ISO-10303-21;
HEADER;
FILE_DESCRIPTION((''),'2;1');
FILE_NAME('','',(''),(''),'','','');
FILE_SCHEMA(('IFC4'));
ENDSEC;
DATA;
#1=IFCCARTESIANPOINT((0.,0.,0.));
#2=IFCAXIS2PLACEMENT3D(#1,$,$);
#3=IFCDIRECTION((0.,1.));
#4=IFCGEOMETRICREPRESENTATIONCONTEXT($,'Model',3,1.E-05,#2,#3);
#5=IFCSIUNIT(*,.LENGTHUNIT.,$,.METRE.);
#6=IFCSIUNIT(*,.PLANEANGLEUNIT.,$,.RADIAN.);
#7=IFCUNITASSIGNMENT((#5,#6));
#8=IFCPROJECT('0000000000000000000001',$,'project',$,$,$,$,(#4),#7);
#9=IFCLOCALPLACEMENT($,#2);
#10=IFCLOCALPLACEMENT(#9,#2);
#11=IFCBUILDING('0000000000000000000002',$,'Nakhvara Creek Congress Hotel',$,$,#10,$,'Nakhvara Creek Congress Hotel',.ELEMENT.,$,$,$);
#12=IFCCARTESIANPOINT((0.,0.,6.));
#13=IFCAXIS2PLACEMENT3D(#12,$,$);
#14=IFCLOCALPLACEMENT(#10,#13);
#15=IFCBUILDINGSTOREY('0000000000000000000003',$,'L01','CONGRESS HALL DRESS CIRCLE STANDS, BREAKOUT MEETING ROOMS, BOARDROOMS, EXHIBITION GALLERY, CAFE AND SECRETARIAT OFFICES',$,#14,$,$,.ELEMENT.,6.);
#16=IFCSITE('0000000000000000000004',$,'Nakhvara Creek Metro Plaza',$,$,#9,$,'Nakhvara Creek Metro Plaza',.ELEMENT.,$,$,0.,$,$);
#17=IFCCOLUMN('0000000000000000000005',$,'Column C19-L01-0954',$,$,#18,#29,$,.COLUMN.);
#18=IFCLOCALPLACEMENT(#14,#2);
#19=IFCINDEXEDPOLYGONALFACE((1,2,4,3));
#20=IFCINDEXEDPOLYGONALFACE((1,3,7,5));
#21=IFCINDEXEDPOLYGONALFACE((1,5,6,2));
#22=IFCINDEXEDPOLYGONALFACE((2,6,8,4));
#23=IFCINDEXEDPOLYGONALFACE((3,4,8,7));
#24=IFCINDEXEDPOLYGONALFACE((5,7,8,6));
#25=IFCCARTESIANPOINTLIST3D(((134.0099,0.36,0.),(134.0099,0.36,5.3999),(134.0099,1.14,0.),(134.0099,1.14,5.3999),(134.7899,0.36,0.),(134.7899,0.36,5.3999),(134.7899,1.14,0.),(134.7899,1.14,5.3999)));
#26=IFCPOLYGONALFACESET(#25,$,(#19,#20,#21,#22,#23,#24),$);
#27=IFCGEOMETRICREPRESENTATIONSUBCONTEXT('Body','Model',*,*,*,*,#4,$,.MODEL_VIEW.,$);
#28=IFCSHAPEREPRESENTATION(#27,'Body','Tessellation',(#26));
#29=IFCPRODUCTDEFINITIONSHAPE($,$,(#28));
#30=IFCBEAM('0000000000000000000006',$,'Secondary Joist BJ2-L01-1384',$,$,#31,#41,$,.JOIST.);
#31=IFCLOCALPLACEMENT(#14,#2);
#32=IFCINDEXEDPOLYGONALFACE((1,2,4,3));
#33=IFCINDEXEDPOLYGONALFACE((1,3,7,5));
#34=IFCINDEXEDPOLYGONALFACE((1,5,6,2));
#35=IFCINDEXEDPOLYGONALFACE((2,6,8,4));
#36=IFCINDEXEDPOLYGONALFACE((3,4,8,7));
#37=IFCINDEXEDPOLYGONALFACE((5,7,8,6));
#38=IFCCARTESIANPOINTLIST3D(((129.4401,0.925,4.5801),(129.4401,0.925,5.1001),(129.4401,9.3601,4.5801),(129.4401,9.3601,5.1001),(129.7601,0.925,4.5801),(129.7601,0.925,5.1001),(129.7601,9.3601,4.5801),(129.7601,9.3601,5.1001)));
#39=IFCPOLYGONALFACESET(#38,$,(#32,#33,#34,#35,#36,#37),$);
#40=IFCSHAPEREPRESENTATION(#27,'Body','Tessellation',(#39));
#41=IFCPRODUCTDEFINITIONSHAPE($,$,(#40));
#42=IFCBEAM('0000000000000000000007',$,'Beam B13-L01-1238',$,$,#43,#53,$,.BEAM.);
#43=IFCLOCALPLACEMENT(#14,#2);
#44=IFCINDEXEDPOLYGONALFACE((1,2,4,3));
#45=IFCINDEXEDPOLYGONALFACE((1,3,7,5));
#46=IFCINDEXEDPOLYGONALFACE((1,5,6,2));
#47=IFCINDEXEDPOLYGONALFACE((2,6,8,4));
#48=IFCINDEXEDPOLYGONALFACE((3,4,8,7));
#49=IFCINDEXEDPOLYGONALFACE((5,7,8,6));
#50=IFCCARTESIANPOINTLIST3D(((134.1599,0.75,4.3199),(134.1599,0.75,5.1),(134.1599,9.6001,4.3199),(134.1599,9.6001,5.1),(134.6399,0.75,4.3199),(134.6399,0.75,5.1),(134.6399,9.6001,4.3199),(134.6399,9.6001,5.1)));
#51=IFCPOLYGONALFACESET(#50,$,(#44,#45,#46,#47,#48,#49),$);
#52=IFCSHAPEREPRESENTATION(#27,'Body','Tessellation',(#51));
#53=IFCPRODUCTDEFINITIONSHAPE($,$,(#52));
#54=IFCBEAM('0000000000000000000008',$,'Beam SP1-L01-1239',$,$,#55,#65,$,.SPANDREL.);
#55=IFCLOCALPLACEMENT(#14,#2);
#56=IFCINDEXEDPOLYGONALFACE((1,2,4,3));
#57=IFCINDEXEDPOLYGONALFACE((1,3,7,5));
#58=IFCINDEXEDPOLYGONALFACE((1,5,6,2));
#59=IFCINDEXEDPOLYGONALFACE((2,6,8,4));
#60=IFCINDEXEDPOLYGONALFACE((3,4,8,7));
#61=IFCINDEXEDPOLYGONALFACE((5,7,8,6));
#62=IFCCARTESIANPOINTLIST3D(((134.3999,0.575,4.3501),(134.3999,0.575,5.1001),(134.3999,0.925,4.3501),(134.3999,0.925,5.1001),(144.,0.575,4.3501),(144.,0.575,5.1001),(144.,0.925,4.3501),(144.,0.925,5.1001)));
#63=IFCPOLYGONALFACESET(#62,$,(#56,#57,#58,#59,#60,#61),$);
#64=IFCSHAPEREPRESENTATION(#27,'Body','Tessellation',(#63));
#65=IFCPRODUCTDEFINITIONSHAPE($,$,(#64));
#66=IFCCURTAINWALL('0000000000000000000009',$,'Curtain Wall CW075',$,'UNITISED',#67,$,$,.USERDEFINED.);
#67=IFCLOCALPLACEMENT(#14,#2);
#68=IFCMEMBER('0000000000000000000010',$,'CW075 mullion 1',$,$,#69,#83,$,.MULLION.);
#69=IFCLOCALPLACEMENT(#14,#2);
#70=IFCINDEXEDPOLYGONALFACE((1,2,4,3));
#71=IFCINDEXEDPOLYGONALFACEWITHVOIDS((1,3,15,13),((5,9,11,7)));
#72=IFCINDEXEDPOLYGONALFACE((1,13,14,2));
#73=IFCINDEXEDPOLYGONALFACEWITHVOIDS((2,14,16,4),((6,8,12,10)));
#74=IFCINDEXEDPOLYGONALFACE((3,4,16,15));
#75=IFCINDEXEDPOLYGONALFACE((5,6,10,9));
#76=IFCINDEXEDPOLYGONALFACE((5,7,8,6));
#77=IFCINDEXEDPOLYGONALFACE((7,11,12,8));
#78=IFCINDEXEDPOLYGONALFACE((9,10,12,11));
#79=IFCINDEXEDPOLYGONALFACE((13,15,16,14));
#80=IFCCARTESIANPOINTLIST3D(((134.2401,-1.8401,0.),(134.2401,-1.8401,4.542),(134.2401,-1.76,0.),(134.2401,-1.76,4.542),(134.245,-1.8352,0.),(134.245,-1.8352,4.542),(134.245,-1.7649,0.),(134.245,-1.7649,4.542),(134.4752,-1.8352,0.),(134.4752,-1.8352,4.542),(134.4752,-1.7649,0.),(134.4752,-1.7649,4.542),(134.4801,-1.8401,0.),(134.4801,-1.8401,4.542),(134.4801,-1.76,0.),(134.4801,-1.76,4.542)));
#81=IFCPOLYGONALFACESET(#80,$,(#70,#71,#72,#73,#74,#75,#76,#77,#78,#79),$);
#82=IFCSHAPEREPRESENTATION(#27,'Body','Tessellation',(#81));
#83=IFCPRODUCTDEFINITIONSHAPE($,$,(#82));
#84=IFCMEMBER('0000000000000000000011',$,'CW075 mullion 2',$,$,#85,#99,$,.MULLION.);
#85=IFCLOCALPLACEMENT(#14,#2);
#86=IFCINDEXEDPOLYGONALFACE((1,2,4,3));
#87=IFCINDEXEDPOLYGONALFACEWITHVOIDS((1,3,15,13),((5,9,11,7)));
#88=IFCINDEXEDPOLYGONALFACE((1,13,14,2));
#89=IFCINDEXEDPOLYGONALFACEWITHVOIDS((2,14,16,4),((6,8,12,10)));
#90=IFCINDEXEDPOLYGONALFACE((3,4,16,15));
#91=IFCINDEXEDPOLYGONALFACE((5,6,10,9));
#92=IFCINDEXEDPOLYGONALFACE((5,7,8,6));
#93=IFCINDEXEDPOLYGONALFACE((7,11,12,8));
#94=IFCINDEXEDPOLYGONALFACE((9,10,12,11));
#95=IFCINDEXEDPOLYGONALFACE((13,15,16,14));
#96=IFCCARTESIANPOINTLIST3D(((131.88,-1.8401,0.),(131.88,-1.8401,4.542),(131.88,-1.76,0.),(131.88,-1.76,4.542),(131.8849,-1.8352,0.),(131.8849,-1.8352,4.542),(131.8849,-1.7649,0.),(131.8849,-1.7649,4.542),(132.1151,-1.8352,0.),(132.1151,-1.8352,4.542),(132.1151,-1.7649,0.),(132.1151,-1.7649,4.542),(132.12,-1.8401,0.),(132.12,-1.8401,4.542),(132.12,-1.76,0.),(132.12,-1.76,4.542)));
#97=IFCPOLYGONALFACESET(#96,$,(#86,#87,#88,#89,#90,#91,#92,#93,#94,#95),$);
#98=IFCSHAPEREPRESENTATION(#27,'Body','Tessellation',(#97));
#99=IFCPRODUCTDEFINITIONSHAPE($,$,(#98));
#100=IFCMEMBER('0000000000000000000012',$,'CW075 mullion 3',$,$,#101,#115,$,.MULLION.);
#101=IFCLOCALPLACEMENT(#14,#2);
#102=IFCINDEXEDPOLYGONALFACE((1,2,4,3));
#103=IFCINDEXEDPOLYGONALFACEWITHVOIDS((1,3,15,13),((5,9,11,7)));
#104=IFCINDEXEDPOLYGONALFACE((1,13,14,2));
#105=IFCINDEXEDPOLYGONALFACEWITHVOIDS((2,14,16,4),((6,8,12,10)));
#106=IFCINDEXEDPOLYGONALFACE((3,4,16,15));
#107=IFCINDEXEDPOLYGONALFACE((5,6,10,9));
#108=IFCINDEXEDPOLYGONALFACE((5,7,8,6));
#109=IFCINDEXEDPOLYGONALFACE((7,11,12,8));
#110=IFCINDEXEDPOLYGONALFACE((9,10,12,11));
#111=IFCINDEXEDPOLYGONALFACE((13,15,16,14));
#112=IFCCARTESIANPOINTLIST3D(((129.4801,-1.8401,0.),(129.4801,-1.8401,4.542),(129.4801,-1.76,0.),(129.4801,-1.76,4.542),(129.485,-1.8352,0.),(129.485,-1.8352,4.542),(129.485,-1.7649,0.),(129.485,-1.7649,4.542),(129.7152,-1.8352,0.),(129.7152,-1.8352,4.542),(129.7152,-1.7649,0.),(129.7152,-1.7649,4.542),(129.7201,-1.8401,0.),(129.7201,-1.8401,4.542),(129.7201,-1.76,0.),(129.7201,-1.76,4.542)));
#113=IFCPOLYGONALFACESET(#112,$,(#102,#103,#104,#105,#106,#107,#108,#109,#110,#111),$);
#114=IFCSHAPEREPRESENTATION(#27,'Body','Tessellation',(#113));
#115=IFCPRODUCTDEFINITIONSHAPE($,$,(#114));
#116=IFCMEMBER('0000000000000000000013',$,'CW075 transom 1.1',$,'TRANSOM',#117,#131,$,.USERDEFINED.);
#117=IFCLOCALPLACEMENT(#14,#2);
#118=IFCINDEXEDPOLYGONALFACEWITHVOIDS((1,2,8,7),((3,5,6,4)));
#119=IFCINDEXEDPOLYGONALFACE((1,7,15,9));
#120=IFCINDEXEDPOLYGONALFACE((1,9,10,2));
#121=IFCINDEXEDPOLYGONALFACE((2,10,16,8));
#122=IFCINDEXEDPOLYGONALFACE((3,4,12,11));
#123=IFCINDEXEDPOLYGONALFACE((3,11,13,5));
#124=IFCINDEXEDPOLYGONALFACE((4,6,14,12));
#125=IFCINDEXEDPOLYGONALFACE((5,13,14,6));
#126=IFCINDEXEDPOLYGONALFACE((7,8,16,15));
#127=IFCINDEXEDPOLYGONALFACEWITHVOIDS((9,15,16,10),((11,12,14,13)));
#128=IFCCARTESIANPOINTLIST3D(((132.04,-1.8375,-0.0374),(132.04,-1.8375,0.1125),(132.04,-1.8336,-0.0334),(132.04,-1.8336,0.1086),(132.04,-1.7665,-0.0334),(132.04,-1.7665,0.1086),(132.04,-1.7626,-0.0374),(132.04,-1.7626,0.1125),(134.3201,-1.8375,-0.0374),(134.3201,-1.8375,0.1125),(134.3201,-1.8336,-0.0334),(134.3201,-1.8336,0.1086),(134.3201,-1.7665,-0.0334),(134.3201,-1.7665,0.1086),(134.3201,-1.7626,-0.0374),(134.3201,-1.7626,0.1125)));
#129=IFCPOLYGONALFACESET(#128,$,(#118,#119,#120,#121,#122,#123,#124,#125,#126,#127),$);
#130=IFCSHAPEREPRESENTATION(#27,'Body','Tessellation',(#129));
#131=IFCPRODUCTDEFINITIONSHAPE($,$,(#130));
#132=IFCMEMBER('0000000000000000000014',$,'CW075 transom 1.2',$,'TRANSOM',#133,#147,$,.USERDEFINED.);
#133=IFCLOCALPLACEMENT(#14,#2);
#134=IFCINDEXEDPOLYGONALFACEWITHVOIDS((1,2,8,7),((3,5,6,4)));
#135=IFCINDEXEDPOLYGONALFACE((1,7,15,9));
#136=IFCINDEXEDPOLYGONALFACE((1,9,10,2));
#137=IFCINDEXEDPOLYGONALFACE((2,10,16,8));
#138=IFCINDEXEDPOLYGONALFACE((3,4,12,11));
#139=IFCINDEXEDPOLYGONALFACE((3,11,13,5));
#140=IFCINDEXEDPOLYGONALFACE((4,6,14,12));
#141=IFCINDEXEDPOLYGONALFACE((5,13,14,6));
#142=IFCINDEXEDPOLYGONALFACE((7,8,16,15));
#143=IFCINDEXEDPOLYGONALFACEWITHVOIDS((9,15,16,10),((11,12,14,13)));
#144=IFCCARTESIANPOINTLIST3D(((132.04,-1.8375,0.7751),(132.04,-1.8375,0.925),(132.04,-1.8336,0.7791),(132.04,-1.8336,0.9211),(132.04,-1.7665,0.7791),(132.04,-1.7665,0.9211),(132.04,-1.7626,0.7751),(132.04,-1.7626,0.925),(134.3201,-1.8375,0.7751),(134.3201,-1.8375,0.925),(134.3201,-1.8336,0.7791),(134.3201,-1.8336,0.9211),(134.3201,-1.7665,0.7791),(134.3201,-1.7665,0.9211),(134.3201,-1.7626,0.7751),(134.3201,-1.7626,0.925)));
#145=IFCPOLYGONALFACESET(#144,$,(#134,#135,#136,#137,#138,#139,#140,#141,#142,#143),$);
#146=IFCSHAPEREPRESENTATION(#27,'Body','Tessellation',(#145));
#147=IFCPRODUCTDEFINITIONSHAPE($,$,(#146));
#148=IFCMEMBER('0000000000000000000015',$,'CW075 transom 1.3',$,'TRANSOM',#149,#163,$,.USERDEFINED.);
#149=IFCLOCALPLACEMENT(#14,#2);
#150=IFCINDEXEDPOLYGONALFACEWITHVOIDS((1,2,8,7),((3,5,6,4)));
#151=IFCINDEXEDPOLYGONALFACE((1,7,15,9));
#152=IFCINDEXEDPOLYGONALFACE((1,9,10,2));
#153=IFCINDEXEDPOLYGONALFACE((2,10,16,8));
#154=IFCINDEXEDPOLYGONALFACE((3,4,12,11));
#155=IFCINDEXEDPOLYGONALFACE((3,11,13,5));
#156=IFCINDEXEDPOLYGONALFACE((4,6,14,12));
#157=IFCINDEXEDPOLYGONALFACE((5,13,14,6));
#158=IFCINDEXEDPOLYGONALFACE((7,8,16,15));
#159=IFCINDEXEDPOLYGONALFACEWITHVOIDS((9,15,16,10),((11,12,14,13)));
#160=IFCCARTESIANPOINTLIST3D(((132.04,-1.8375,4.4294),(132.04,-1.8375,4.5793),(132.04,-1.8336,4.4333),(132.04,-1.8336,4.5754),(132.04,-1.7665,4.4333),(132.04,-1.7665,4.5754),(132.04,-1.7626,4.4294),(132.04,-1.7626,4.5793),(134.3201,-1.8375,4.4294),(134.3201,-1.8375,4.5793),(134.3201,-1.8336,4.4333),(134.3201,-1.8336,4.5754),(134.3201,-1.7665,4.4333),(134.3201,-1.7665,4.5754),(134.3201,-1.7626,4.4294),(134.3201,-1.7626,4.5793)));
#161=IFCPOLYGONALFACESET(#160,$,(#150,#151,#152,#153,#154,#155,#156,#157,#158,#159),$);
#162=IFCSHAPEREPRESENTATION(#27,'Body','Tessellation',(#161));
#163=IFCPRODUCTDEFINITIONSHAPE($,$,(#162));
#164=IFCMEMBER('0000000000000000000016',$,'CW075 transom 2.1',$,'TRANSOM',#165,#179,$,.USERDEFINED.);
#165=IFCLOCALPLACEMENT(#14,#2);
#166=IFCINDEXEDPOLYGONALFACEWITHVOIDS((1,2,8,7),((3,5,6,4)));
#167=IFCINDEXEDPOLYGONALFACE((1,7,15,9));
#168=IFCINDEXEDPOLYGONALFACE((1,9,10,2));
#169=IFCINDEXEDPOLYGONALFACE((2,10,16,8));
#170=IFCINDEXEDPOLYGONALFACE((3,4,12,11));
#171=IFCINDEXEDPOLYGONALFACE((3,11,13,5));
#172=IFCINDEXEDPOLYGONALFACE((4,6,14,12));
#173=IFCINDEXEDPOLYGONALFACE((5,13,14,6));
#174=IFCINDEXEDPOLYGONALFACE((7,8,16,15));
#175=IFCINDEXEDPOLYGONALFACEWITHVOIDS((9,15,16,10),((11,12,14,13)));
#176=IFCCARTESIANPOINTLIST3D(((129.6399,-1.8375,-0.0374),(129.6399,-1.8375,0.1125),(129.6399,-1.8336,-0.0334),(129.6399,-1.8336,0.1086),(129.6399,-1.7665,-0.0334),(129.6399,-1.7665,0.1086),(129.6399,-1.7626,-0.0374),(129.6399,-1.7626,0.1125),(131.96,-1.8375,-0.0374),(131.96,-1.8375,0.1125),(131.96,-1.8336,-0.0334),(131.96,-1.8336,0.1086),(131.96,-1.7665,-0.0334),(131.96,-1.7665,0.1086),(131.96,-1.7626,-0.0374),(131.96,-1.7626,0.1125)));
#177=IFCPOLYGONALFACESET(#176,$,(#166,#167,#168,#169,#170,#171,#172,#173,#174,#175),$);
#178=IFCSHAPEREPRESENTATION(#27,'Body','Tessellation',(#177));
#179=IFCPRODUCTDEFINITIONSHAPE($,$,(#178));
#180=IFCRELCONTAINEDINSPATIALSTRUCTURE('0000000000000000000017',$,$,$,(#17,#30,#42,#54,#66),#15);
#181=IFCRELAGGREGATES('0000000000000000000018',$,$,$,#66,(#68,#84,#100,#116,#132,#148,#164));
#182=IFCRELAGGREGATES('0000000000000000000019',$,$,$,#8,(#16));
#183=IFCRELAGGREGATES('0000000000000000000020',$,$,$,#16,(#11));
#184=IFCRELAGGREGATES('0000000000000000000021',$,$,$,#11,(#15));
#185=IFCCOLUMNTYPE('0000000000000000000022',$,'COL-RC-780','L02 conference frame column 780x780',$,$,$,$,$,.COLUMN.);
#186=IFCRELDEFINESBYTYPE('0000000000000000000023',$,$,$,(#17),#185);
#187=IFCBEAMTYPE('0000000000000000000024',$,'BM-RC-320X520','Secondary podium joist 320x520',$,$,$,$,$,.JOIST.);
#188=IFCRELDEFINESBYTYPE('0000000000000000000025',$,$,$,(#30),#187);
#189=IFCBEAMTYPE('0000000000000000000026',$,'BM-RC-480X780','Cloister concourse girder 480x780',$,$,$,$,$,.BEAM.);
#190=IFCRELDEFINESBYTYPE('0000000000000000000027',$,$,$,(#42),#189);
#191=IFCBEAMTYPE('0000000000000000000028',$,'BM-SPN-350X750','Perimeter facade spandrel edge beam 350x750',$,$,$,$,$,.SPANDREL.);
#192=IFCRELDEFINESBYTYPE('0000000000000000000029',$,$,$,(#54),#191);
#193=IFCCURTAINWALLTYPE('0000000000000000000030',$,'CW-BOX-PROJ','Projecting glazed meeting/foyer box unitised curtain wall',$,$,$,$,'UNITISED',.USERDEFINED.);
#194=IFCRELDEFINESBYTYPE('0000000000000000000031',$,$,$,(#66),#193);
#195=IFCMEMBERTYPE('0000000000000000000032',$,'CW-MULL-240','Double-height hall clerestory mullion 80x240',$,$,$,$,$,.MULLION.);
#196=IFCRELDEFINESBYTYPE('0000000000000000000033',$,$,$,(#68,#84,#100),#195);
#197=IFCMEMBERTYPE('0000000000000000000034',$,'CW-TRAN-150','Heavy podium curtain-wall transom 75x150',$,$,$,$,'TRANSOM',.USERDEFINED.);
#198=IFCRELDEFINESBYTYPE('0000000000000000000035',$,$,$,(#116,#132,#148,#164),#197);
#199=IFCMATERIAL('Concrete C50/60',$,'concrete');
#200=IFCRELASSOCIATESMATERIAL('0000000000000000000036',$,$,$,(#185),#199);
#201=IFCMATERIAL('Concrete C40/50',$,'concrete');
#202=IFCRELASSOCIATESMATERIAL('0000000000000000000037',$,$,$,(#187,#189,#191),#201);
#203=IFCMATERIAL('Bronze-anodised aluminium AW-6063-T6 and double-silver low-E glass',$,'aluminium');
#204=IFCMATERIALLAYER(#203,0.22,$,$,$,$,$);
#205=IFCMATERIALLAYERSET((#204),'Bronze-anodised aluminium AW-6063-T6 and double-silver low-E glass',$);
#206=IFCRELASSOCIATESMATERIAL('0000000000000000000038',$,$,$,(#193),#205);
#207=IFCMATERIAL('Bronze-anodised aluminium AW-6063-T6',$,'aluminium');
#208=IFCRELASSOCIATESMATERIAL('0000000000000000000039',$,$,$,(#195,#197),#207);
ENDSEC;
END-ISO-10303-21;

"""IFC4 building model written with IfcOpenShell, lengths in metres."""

from ifc_helpers import new_model, si_unit, direction, frame, origin, origin_2d, place, context, subcontext, project, spatial, rectangle, hollow_rectangle, extrude, material, layer, layer_set, material_profile, profile_set, type_object, element, aggregate, save


model = new_model("IFC4")

# Units and contexts
model_context = context("Model", 3, precision=1e-05, world=origin(), true_north=direction((0.0, 1.0)))
body_context = subcontext(model_context, "Body", "Model", "MODEL_VIEW")
ifc_project = project(units=[si_unit("LENGTHUNIT", "METRE"), si_unit("PLANEANGLEUNIT", "RADIAN")], contexts=[model_context])

# Site, building, storey
site_placement = place(None, origin())
site = spatial("IfcSite", under=ifc_project, at=site_placement, Name="Nakhvara Creek Metro Plaza", LongName="Nakhvara Creek Metro Plaza", CompositionType="ELEMENT", RefElevation=0.0)
building_placement = place(site_placement, origin())
building = spatial("IfcBuilding", under=site, at=building_placement, Name="Nakhvara Creek Congress Hotel", LongName="Nakhvara Creek Congress Hotel", CompositionType="ELEMENT")
storey_placement = place(building_placement, frame((0.0, 0.0, 6.0)))
storey = spatial("IfcBuildingStorey", under=building, at=storey_placement, Name="L01", Description="CONGRESS HALL DRESS CIRCLE STANDS, BREAKOUT MEETING ROOMS, BOARDROOMS, EXHIBITION GALLERY, CAFE AND SECRETARIAT OFFICES", CompositionType="ELEMENT", Elevation=6.0)

# Column
ifc_material_1 = material(Name="Concrete C50/60", Category="concrete")
ifc_material_profile_1 = material_profile(ifc_material_1, rectangle(XDim=0.78, YDim=0.78, at=origin_2d()), Name="RC-COL 780x780", Category="LoadBearing")
ifc_profile_set_1 = profile_set([ifc_material_profile_1], Name="Concrete C50/60")
column_type = type_object("IfcColumnType", Name="COL-RC-780", Description="L02 conference frame column 780x780", PredefinedType="COLUMN", material=ifc_profile_set_1)
column_placement = place(storey_placement, frame((134.3999, 0.75, 0.0), z_axis=(0.0, 0.0, 1.0), x_axis=(1.0, 0.0, 0.0)))
element("IfcColumn", 1, at=column_placement, inside=storey, type_object=column_type, Name="Column C19-L01-0954", PredefinedType="COLUMN", context=body_context, shape_type="SweptSolid", body=[
    extrude(rectangle(XDim=0.78, YDim=0.78, at=origin_2d()), origin(), (0.0, 0.0, 1.0), 5.3999),
])

# Beams
ifc_material_2 = material(Name="Concrete C40/50", Category="concrete")
ifc_material_profile_2 = material_profile(ifc_material_2, rectangle(XDim=0.3201, YDim=0.52, at=origin_2d()), Name="RC-BM 320x520", Category="LoadBearing")
ifc_profile_set_2 = profile_set([ifc_material_profile_2], Name="Concrete C40/50")
beam_type_1 = type_object("IfcBeamType", Name="BM-RC-320X520", Description="Secondary podium joist 320x520", PredefinedType="JOIST", material=ifc_profile_set_2)
beam_1_placement = place(storey_placement, frame((129.6001, 0.925, 4.8401), z_axis=(0.0, 1.0, 0.0), x_axis=(-1.0, 0.0, 0.0)))
element("IfcBeam", 2, at=beam_1_placement, inside=storey, type_object=beam_type_1, Name="Secondary Joist BJ2-L01-1384", PredefinedType="JOIST", context=body_context, shape_type="SweptSolid", body=[
    extrude(rectangle(XDim=0.3201, YDim=0.52, at=origin_2d()), origin(), (0.0, 0.0, 1.0), 8.4351),
])
ifc_material_profile_3 = material_profile(ifc_material_2, rectangle(XDim=0.48, YDim=0.78, at=origin_2d()), Name="RC-BM 480x780", Category="LoadBearing")
ifc_profile_set_3 = profile_set([ifc_material_profile_3], Name="Concrete C40/50")
beam_type_2 = type_object("IfcBeamType", Name="BM-RC-480X780", Description="Cloister concourse girder 480x780", PredefinedType="BEAM", material=ifc_profile_set_3)
beam_2_placement = place(storey_placement, frame((134.3999, 0.75, 4.71), z_axis=(0.0, 1.0, 0.0), x_axis=(-1.0, 0.0, 0.0)))
element("IfcBeam", 3, at=beam_2_placement, inside=storey, type_object=beam_type_2, Name="Beam B13-L01-1238", PredefinedType="BEAM", context=body_context, shape_type="SweptSolid", body=[
    extrude(rectangle(XDim=0.48, YDim=0.78, at=origin_2d()), origin(), (0.0, 0.0, 1.0), 8.8501),
])
ifc_material_profile_4 = material_profile(ifc_material_2, rectangle(XDim=0.3501, YDim=0.75, at=origin_2d()), Name="RC-SPANDREL 350x750", Category="LoadBearing")
ifc_profile_set_4 = profile_set([ifc_material_profile_4], Name="Concrete C40/50")
beam_type_3 = type_object("IfcBeamType", Name="BM-SPN-350X750", Description="Perimeter facade spandrel edge beam 350x750", PredefinedType="SPANDREL", material=ifc_profile_set_4)
beam_3_placement = place(storey_placement, frame((134.3999, 0.75, 4.7251), z_axis=(1.0, 0.0, 0.0), x_axis=(0.0, 1.0, 0.0)))
element("IfcBeam", 4, at=beam_3_placement, inside=storey, type_object=beam_type_3, Name="Beam SP1-L01-1239", PredefinedType="SPANDREL", context=body_context, shape_type="SweptSolid", body=[
    extrude(rectangle(XDim=0.3501, YDim=0.75, at=origin_2d()), origin(), (0.0, 0.0, 1.0), 9.6001),
])

# Curtain wall, members
ifc_material_3 = material(Name="Bronze-anodised aluminium AW-6063-T6 and double-silver low-E glass", Category="aluminium")
ifc_layer_1 = layer(ifc_material_3, 0.22)
ifc_layer_set_1 = layer_set([ifc_layer_1], Name="Bronze-anodised aluminium AW-6063-T6 and double-silver low-E glass")
curtain_wall_type = type_object("IfcCurtainWallType", Name="CW-BOX-PROJ", Description="Projecting glazed meeting/foyer box unitised curtain wall", ElementType="UNITISED", PredefinedType="USERDEFINED", material=ifc_layer_set_1)
curtain_wall_placement = place(storey_placement, origin())
curtain_wall = element("IfcCurtainWall", 5, at=curtain_wall_placement, inside=storey, type_object=curtain_wall_type, Name="Curtain Wall CW075", ObjectType="UNITISED", PredefinedType="USERDEFINED")
ifc_material_4 = material(Name="Bronze-anodised aluminium AW-6063-T6", Category="aluminium")
ifc_material_profile_5 = material_profile(ifc_material_4, hollow_rectangle(XDim=0.0801, YDim=0.24, WallThickness=0.0049, at=origin_2d()), Name="ALU-MULL 80x240x5", Category="LoadBearing")
ifc_profile_set_5 = profile_set([ifc_material_profile_5], Name="Bronze-anodised aluminium AW-6063-T6")
member_type_1 = type_object("IfcMemberType", Name="CW-MULL-240", Description="Double-height hall clerestory mullion 80x240", PredefinedType="MULLION", material=ifc_profile_set_5)
member_1_placement = place(storey_placement, frame((134.3601, -1.8, 0.0), z_axis=(0.0, 0.0, 1.0), x_axis=(0.0, -1.0, 0.0)))
member_1 = element("IfcMember", 6, at=member_1_placement, type_object=member_type_1, Name="CW075 mullion 1", PredefinedType="MULLION", context=body_context, shape_type="SweptSolid", body=[
    extrude(hollow_rectangle(XDim=0.0801, YDim=0.24, WallThickness=0.0049, at=origin_2d()), origin(), (0.0, 0.0, 1.0), 4.542),
])
member_2_placement = place(storey_placement, frame((132.0, -1.8, 0.0), z_axis=(0.0, 0.0, 1.0), x_axis=(0.0, -1.0, 0.0)))
member_2 = element("IfcMember", 7, at=member_2_placement, type_object=member_type_1, Name="CW075 mullion 2", PredefinedType="MULLION", context=body_context, shape_type="SweptSolid", body=[
    extrude(hollow_rectangle(XDim=0.0801, YDim=0.24, WallThickness=0.0049, at=origin_2d()), origin(), (0.0, 0.0, 1.0), 4.542),
])
member_3_placement = place(storey_placement, frame((129.6001, -1.8, 0.0), z_axis=(0.0, 0.0, 1.0), x_axis=(0.0, -1.0, 0.0)))
member_3 = element("IfcMember", 8, at=member_3_placement, type_object=member_type_1, Name="CW075 mullion 3", PredefinedType="MULLION", context=body_context, shape_type="SweptSolid", body=[
    extrude(hollow_rectangle(XDim=0.0801, YDim=0.24, WallThickness=0.0049, at=origin_2d()), origin(), (0.0, 0.0, 1.0), 4.542),
])
ifc_material_profile_6 = material_profile(ifc_material_4, hollow_rectangle(XDim=0.075, YDim=0.1499, WallThickness=0.0039, at=origin_2d()), Name="ALU-TRAN 75x150x4", Category="LoadBearing")
ifc_profile_set_6 = profile_set([ifc_material_profile_6], Name="Bronze-anodised aluminium AW-6063-T6")
member_type_2 = type_object("IfcMemberType", Name="CW-TRAN-150", Description="Heavy podium curtain-wall transom 75x150", ElementType="TRANSOM", PredefinedType="USERDEFINED", material=ifc_profile_set_6)
member_4_placement = place(storey_placement, frame((134.3201, -1.8, 0.0376), z_axis=(-1.0, 0.0, 0.0), x_axis=(0.0, -1.0, 0.0)))
member_4 = element("IfcMember", 9, at=member_4_placement, type_object=member_type_2, Name="CW075 transom 1.1", ObjectType="TRANSOM", PredefinedType="USERDEFINED", context=body_context, shape_type="SweptSolid", body=[
    extrude(hollow_rectangle(XDim=0.075, YDim=0.1499, WallThickness=0.0039, at=origin_2d()), origin(), (0.0, 0.0, 1.0), 2.28),
])
member_5_placement = place(storey_placement, frame((134.3201, -1.8, 0.8501), z_axis=(-1.0, 0.0, 0.0), x_axis=(0.0, -1.0, 0.0)))
member_5 = element("IfcMember", 10, at=member_5_placement, type_object=member_type_2, Name="CW075 transom 1.2", ObjectType="TRANSOM", PredefinedType="USERDEFINED", context=body_context, shape_type="SweptSolid", body=[
    extrude(hollow_rectangle(XDim=0.075, YDim=0.1499, WallThickness=0.0039, at=origin_2d()), origin(), (0.0, 0.0, 1.0), 2.28),
])
member_6_placement = place(storey_placement, frame((134.3201, -1.8, 4.5044), z_axis=(-1.0, 0.0, 0.0), x_axis=(0.0, -1.0, 0.0)))
member_6 = element("IfcMember", 11, at=member_6_placement, type_object=member_type_2, Name="CW075 transom 1.3", ObjectType="TRANSOM", PredefinedType="USERDEFINED", context=body_context, shape_type="SweptSolid", body=[
    extrude(hollow_rectangle(XDim=0.075, YDim=0.1499, WallThickness=0.0039, at=origin_2d()), origin(), (0.0, 0.0, 1.0), 2.28),
])
member_7_placement = place(storey_placement, frame((131.96, -1.8, 0.0376), z_axis=(-1.0, 0.0, 0.0), x_axis=(0.0, -1.0, 0.0)))
member_7 = element("IfcMember", 12, at=member_7_placement, type_object=member_type_2, Name="CW075 transom 2.1", ObjectType="TRANSOM", PredefinedType="USERDEFINED", context=body_context, shape_type="SweptSolid", body=[
    extrude(hollow_rectangle(XDim=0.075, YDim=0.1499, WallThickness=0.0039, at=origin_2d()), origin(), (0.0, 0.0, 1.0), 2.3201),
])
aggregate(curtain_wall, [member_1, member_2, member_3, member_4, member_5, member_6, member_7])

save(model, "model.ifc")
